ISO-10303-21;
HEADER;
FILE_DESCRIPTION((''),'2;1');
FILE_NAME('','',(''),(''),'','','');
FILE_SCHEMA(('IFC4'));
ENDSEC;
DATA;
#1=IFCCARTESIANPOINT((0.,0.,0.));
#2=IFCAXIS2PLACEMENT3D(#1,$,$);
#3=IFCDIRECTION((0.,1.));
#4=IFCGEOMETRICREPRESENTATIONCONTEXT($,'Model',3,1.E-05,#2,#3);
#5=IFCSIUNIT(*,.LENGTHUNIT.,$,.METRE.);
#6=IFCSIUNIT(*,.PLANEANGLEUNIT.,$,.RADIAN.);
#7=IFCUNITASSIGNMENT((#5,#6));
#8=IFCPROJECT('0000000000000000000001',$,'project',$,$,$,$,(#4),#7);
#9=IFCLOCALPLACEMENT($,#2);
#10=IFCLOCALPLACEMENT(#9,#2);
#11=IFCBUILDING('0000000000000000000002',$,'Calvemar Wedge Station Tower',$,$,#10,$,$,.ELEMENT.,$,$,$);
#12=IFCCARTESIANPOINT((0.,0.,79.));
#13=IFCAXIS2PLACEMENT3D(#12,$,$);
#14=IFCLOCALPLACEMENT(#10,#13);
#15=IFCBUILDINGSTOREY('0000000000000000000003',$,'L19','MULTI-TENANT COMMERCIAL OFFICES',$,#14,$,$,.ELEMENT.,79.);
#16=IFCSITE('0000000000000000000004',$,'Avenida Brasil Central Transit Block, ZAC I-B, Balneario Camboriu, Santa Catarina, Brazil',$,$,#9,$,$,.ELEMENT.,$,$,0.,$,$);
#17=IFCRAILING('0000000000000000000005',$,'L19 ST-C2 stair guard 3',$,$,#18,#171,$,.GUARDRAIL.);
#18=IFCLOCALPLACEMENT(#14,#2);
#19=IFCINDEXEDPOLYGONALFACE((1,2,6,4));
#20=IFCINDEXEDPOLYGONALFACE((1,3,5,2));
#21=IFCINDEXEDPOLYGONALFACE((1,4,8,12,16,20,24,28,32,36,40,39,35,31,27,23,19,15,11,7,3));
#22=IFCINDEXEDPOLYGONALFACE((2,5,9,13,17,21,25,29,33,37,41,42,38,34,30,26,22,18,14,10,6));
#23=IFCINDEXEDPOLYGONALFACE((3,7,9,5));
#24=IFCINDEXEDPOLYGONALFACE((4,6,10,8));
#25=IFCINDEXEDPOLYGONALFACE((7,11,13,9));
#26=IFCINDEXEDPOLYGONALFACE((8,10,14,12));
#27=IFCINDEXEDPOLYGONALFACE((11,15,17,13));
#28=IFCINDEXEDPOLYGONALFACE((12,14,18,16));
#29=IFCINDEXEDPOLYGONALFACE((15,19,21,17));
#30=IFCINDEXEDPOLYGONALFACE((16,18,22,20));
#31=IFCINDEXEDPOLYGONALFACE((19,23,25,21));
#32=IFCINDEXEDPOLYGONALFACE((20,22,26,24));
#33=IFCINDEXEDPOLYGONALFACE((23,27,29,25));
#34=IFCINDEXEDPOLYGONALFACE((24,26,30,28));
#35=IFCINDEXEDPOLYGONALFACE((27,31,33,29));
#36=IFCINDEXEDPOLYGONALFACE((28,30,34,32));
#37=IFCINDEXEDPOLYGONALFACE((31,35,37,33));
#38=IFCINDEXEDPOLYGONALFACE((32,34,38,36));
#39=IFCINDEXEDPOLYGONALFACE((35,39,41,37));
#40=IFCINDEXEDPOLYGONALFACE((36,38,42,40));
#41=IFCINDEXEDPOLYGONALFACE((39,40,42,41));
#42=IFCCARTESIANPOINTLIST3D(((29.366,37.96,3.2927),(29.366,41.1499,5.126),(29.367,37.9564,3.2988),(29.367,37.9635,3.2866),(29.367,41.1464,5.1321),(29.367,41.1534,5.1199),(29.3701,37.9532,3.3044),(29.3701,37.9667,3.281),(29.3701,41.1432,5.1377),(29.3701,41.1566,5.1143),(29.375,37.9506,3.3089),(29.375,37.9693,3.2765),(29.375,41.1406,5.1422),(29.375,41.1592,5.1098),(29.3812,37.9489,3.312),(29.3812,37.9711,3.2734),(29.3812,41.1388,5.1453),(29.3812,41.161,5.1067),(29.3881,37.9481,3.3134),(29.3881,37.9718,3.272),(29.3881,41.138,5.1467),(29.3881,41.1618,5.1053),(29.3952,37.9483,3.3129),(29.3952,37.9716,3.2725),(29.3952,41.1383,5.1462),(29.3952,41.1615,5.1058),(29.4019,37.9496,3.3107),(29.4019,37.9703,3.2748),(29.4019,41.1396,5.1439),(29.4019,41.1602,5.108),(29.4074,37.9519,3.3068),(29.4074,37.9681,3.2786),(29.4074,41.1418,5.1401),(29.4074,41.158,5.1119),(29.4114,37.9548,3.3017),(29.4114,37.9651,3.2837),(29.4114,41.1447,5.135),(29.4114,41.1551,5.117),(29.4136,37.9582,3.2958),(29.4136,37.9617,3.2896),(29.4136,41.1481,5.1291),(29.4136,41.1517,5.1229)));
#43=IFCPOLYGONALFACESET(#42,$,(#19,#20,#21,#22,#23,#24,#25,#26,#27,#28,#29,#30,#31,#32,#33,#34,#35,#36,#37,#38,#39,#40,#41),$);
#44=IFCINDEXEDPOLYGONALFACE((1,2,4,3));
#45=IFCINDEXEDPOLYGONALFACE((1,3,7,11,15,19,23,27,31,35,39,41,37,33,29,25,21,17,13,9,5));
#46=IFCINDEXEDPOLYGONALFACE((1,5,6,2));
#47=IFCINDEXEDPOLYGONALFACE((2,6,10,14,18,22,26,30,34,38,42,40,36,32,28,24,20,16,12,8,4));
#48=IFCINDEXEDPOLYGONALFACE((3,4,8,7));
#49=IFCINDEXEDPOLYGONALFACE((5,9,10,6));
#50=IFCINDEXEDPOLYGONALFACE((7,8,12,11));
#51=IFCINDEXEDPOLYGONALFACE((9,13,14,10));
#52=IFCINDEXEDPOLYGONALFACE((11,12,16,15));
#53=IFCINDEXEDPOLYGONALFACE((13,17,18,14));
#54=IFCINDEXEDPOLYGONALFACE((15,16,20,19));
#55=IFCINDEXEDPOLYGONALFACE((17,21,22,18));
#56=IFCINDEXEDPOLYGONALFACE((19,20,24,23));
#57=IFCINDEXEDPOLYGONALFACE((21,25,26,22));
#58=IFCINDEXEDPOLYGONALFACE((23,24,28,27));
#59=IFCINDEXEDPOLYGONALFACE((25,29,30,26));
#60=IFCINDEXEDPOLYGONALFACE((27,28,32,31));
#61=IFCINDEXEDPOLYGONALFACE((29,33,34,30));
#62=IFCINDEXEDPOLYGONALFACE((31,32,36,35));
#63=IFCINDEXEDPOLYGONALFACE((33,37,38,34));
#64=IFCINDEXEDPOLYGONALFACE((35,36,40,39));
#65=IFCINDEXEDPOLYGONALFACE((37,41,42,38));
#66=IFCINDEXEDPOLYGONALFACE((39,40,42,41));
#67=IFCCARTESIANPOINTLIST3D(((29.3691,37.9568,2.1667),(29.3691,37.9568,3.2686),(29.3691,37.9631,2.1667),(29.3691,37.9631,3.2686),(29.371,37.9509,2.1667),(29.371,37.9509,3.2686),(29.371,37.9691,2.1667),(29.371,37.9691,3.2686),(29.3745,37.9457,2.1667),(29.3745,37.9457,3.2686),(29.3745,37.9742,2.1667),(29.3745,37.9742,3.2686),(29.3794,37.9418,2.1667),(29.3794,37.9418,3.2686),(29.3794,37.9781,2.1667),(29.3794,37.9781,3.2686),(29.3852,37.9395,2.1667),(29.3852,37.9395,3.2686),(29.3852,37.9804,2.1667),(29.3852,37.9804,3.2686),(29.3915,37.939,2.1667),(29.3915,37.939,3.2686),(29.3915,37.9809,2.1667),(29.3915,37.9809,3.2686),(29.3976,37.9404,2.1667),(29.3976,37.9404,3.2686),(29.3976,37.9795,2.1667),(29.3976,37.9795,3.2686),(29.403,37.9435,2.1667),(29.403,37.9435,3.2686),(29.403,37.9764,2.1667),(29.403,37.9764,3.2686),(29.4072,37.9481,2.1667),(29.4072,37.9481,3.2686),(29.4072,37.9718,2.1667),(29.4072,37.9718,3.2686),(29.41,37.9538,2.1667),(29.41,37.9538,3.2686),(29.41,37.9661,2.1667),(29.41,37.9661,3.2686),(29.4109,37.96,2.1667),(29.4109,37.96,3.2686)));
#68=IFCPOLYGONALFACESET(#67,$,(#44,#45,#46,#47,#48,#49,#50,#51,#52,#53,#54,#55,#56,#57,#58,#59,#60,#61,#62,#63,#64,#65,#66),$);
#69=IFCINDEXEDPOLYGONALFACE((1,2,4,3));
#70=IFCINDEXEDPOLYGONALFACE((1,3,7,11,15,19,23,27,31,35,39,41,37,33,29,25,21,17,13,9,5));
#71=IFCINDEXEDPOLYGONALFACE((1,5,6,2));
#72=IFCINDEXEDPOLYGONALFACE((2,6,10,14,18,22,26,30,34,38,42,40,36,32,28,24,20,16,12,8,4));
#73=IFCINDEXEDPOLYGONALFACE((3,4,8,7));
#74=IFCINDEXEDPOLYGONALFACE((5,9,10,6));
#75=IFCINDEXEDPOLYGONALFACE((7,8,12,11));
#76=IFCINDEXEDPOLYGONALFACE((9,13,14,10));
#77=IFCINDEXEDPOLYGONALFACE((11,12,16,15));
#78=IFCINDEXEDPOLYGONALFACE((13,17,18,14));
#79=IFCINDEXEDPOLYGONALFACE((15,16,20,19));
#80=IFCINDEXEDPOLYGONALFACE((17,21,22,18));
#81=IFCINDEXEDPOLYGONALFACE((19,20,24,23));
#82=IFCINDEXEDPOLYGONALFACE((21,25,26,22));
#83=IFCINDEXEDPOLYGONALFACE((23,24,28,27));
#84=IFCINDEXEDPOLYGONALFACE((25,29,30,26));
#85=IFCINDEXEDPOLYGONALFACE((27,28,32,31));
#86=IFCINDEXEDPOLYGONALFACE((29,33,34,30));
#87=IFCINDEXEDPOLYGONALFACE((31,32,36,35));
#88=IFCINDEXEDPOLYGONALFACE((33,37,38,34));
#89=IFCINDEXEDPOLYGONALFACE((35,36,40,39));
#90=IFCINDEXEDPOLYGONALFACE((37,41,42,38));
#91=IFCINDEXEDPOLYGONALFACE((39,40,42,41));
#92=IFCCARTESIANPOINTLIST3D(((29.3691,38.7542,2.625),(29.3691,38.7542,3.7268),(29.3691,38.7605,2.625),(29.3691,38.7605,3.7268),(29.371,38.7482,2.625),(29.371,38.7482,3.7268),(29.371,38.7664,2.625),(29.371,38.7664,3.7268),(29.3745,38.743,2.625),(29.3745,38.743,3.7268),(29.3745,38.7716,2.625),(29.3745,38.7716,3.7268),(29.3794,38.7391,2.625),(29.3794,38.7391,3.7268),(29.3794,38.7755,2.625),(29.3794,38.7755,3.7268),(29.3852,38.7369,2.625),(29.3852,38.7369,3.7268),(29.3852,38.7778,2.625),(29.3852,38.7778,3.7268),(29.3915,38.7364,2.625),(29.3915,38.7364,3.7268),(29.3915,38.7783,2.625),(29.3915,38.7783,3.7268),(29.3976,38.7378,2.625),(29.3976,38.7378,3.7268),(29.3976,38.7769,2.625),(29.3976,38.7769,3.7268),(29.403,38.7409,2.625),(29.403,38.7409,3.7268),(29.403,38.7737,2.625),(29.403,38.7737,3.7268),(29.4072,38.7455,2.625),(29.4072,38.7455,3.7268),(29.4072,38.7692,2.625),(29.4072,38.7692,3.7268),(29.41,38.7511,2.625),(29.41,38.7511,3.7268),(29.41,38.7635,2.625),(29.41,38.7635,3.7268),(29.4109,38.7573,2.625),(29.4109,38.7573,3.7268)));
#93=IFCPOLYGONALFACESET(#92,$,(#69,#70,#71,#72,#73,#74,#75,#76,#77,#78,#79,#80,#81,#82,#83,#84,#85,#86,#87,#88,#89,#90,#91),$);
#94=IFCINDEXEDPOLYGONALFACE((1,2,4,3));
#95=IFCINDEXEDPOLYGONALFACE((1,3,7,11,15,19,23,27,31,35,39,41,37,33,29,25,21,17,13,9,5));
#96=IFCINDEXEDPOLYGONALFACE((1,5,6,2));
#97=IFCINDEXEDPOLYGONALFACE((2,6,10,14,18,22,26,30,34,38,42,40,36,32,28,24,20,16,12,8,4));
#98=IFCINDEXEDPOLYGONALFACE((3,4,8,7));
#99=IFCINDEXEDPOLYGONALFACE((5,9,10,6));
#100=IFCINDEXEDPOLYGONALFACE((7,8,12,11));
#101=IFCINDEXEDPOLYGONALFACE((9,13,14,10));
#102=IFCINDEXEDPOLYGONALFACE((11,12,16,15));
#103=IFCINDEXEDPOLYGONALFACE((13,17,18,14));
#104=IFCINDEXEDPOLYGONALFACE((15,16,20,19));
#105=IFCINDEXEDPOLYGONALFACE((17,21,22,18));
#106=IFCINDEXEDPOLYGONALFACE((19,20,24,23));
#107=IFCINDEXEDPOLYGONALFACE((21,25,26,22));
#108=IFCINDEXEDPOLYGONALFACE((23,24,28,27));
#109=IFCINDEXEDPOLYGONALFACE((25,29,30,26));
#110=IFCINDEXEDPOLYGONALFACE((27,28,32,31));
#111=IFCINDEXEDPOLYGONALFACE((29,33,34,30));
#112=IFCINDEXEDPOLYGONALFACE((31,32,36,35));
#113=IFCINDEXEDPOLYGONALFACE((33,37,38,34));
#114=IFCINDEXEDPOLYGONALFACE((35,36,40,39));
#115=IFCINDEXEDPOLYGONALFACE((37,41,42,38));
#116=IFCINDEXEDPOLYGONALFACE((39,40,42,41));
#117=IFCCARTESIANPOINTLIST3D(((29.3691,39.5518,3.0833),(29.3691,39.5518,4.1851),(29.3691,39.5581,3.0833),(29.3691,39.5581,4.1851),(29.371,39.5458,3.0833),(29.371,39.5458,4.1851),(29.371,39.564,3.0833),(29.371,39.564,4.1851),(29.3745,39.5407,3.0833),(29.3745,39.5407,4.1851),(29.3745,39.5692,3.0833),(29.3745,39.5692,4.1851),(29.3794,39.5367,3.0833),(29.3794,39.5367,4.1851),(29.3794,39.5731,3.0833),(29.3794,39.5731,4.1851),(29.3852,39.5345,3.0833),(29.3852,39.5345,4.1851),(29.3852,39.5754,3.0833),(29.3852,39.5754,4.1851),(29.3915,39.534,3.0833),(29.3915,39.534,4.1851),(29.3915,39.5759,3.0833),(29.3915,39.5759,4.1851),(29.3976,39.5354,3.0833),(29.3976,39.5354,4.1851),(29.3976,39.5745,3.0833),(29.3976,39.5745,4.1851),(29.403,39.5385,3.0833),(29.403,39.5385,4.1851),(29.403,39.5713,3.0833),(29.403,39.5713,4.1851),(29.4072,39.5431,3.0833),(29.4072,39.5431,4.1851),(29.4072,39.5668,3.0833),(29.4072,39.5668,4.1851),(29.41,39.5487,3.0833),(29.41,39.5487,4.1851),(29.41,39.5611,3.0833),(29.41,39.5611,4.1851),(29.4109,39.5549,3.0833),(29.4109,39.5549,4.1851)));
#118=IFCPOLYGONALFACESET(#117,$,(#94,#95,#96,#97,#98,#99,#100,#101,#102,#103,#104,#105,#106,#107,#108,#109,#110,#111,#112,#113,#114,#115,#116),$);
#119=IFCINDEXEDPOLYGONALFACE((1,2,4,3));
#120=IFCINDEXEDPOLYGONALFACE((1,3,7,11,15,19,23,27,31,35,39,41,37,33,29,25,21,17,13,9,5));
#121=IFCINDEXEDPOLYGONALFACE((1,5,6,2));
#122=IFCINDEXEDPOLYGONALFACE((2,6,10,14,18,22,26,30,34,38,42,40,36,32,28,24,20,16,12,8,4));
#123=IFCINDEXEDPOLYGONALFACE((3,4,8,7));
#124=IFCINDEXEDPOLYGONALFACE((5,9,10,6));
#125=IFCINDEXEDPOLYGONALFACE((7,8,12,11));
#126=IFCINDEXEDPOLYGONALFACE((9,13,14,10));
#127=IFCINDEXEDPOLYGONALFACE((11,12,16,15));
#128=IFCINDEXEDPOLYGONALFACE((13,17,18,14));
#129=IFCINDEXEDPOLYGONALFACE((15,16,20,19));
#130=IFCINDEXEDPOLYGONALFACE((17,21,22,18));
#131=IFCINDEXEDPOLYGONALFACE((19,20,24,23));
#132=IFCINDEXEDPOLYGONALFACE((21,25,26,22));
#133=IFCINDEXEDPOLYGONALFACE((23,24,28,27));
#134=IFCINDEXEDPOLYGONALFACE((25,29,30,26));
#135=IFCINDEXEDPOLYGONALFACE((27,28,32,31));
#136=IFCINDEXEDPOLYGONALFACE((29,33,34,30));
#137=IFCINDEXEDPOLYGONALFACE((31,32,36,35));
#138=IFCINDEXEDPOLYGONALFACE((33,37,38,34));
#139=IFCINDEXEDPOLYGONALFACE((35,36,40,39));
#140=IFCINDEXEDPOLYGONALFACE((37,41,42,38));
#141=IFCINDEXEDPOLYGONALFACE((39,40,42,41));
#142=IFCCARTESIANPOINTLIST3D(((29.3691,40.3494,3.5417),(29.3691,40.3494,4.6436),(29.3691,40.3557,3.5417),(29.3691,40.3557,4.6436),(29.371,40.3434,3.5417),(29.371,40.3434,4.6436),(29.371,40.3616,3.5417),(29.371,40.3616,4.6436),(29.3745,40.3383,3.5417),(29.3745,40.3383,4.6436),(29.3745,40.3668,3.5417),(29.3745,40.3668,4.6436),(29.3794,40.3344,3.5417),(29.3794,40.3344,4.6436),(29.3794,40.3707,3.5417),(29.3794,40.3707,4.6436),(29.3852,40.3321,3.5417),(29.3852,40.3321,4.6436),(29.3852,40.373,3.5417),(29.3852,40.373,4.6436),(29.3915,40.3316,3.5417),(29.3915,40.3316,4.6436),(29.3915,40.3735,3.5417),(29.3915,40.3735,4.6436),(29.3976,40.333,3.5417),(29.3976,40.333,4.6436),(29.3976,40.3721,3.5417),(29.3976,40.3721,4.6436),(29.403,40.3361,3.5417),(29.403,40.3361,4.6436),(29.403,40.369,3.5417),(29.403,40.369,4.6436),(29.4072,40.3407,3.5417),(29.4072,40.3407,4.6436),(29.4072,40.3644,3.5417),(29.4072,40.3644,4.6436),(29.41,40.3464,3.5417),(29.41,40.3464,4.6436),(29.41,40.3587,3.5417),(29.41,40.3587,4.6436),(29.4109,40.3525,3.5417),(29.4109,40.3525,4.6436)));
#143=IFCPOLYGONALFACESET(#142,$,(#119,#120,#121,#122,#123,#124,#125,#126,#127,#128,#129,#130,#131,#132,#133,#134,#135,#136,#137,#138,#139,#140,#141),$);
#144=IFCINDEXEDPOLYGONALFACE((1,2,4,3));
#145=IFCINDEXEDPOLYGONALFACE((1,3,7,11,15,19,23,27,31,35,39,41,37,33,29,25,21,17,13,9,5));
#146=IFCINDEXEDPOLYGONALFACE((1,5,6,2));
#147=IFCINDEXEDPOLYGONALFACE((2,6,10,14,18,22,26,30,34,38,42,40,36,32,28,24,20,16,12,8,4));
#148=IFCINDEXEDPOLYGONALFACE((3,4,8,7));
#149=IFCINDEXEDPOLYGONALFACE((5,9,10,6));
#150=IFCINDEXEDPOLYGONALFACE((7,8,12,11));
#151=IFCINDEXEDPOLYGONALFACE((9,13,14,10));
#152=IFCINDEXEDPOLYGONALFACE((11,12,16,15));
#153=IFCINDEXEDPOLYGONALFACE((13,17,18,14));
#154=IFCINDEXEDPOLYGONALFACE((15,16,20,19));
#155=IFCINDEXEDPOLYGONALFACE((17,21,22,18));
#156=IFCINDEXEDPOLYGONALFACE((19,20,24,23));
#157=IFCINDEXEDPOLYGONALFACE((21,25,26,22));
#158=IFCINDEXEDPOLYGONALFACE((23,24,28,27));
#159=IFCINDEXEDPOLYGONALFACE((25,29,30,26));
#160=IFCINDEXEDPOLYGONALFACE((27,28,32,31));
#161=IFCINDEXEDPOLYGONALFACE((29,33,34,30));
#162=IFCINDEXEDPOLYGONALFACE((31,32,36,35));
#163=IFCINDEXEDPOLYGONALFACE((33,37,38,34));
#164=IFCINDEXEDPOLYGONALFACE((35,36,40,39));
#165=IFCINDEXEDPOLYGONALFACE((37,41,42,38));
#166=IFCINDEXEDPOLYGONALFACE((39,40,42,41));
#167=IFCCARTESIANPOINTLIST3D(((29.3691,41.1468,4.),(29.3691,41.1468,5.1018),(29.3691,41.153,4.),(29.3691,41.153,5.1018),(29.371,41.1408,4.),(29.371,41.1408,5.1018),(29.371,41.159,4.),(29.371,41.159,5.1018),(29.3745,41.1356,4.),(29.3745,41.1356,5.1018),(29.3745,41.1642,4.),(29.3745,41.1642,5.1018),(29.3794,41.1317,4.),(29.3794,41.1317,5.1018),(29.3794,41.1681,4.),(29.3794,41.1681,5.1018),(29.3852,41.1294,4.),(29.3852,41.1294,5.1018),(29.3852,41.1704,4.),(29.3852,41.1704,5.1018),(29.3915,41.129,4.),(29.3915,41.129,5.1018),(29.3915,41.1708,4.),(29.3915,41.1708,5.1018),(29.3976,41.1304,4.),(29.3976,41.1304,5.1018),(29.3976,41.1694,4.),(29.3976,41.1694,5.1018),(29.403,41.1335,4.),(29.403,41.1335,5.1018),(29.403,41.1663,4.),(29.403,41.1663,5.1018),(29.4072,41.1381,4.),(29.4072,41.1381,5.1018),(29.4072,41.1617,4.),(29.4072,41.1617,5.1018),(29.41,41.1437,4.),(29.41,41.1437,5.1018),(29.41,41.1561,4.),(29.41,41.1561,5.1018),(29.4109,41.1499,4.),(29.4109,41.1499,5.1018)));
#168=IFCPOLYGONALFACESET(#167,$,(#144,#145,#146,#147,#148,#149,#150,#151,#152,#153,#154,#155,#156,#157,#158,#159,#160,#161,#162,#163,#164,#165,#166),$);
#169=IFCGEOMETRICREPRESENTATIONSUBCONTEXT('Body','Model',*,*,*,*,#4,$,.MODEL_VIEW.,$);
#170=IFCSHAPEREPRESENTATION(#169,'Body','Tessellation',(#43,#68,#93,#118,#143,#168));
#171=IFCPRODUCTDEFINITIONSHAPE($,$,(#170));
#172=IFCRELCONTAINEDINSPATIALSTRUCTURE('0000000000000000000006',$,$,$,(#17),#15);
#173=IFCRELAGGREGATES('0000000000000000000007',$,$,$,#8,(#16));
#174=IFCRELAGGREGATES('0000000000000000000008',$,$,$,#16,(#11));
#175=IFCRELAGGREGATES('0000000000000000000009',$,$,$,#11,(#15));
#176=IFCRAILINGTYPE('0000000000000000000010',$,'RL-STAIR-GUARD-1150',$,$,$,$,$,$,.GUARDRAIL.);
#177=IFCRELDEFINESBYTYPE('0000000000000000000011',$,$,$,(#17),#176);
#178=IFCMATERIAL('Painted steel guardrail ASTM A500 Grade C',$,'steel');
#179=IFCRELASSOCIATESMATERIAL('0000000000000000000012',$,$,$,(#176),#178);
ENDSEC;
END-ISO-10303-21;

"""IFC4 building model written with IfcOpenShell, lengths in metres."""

from ifc_helpers import new_model, si_unit, direction, frame, origin, origin_2d, place, context, subcontext, project, spatial, circle, extrude, material, type_object, element, save


model = new_model("IFC4")

# Units and contexts
model_context = context("Model", 3, precision=1e-05, world=origin(), true_north=direction((0.0, 1.0)))
body_context = subcontext(model_context, "Body", "Model", "MODEL_VIEW")
ifc_project = project(units=[si_unit("LENGTHUNIT", "METRE"), si_unit("PLANEANGLEUNIT", "RADIAN")], contexts=[model_context])

# Site, building, storey
site_placement = place(None, origin())
site = spatial("IfcSite", under=ifc_project, at=site_placement, Name="Avenida Brasil Central Transit Block, ZAC I-B, Balneario Camboriu, Santa Catarina, Brazil", CompositionType="ELEMENT", RefElevation=0.0)
building_placement = place(site_placement, origin())
building = spatial("IfcBuilding", under=site, at=building_placement, Name="Calvemar Wedge Station Tower", CompositionType="ELEMENT")
storey_placement = place(building_placement, frame((0.0, 0.0, 79.0)))
storey = spatial("IfcBuildingStorey", under=building, at=storey_placement, Name="L19", Description="MULTI-TENANT COMMERCIAL OFFICES", CompositionType="ELEMENT", Elevation=79.0)

# Railing
ifc_material_1 = material(Name="Painted steel guardrail ASTM A500 Grade C", Category="steel")
railing_type_1 = type_object("IfcRailingType", Name="RL-STAIR-GUARD-1150", PredefinedType="GUARDRAIL", material=ifc_material_1)
railing_1_placement = place(storey_placement, frame((29.3899, 37.96, 2.1667)))
element("IfcRailing", 1, at=railing_1_placement, inside=storey, type_object=railing_type_1, Name="L19 ST-C2 stair guard 3", PredefinedType="GUARDRAIL", context=body_context, shape_type="SweptSolid", body=[
    extrude(circle(Radius=0.0239, at=origin_2d()), frame((0.0, 0.0, 1.126), z_axis=(0.0, 0.86702, 0.498274), x_axis=(-1.0, 0.0, 0.0)), (0.0, 0.0, 1.0), 3.6792),
    extrude(circle(Radius=0.021, at=origin_2d()), origin(), (0.0, 0.0, 1.0), 1.1018),
    extrude(circle(Radius=0.021, at=origin_2d()), frame((0.0, 0.7974, 0.4583)), (0.0, 0.0, 1.0), 1.1018),
    extrude(circle(Radius=0.021, at=origin_2d()), frame((0.0, 1.595, 0.9165)), (0.0, 0.0, 1.0), 1.1018),
    extrude(circle(Radius=0.021, at=origin_2d()), frame((0.0, 2.3926, 1.375)), (0.0, 0.0, 1.0), 1.1018),
    extrude(circle(Radius=0.021, at=origin_2d()), frame((0.0, 3.1899, 1.8333)), (0.0, 0.0, 1.0), 1.1018),
])

save(model, "model.ifc")
